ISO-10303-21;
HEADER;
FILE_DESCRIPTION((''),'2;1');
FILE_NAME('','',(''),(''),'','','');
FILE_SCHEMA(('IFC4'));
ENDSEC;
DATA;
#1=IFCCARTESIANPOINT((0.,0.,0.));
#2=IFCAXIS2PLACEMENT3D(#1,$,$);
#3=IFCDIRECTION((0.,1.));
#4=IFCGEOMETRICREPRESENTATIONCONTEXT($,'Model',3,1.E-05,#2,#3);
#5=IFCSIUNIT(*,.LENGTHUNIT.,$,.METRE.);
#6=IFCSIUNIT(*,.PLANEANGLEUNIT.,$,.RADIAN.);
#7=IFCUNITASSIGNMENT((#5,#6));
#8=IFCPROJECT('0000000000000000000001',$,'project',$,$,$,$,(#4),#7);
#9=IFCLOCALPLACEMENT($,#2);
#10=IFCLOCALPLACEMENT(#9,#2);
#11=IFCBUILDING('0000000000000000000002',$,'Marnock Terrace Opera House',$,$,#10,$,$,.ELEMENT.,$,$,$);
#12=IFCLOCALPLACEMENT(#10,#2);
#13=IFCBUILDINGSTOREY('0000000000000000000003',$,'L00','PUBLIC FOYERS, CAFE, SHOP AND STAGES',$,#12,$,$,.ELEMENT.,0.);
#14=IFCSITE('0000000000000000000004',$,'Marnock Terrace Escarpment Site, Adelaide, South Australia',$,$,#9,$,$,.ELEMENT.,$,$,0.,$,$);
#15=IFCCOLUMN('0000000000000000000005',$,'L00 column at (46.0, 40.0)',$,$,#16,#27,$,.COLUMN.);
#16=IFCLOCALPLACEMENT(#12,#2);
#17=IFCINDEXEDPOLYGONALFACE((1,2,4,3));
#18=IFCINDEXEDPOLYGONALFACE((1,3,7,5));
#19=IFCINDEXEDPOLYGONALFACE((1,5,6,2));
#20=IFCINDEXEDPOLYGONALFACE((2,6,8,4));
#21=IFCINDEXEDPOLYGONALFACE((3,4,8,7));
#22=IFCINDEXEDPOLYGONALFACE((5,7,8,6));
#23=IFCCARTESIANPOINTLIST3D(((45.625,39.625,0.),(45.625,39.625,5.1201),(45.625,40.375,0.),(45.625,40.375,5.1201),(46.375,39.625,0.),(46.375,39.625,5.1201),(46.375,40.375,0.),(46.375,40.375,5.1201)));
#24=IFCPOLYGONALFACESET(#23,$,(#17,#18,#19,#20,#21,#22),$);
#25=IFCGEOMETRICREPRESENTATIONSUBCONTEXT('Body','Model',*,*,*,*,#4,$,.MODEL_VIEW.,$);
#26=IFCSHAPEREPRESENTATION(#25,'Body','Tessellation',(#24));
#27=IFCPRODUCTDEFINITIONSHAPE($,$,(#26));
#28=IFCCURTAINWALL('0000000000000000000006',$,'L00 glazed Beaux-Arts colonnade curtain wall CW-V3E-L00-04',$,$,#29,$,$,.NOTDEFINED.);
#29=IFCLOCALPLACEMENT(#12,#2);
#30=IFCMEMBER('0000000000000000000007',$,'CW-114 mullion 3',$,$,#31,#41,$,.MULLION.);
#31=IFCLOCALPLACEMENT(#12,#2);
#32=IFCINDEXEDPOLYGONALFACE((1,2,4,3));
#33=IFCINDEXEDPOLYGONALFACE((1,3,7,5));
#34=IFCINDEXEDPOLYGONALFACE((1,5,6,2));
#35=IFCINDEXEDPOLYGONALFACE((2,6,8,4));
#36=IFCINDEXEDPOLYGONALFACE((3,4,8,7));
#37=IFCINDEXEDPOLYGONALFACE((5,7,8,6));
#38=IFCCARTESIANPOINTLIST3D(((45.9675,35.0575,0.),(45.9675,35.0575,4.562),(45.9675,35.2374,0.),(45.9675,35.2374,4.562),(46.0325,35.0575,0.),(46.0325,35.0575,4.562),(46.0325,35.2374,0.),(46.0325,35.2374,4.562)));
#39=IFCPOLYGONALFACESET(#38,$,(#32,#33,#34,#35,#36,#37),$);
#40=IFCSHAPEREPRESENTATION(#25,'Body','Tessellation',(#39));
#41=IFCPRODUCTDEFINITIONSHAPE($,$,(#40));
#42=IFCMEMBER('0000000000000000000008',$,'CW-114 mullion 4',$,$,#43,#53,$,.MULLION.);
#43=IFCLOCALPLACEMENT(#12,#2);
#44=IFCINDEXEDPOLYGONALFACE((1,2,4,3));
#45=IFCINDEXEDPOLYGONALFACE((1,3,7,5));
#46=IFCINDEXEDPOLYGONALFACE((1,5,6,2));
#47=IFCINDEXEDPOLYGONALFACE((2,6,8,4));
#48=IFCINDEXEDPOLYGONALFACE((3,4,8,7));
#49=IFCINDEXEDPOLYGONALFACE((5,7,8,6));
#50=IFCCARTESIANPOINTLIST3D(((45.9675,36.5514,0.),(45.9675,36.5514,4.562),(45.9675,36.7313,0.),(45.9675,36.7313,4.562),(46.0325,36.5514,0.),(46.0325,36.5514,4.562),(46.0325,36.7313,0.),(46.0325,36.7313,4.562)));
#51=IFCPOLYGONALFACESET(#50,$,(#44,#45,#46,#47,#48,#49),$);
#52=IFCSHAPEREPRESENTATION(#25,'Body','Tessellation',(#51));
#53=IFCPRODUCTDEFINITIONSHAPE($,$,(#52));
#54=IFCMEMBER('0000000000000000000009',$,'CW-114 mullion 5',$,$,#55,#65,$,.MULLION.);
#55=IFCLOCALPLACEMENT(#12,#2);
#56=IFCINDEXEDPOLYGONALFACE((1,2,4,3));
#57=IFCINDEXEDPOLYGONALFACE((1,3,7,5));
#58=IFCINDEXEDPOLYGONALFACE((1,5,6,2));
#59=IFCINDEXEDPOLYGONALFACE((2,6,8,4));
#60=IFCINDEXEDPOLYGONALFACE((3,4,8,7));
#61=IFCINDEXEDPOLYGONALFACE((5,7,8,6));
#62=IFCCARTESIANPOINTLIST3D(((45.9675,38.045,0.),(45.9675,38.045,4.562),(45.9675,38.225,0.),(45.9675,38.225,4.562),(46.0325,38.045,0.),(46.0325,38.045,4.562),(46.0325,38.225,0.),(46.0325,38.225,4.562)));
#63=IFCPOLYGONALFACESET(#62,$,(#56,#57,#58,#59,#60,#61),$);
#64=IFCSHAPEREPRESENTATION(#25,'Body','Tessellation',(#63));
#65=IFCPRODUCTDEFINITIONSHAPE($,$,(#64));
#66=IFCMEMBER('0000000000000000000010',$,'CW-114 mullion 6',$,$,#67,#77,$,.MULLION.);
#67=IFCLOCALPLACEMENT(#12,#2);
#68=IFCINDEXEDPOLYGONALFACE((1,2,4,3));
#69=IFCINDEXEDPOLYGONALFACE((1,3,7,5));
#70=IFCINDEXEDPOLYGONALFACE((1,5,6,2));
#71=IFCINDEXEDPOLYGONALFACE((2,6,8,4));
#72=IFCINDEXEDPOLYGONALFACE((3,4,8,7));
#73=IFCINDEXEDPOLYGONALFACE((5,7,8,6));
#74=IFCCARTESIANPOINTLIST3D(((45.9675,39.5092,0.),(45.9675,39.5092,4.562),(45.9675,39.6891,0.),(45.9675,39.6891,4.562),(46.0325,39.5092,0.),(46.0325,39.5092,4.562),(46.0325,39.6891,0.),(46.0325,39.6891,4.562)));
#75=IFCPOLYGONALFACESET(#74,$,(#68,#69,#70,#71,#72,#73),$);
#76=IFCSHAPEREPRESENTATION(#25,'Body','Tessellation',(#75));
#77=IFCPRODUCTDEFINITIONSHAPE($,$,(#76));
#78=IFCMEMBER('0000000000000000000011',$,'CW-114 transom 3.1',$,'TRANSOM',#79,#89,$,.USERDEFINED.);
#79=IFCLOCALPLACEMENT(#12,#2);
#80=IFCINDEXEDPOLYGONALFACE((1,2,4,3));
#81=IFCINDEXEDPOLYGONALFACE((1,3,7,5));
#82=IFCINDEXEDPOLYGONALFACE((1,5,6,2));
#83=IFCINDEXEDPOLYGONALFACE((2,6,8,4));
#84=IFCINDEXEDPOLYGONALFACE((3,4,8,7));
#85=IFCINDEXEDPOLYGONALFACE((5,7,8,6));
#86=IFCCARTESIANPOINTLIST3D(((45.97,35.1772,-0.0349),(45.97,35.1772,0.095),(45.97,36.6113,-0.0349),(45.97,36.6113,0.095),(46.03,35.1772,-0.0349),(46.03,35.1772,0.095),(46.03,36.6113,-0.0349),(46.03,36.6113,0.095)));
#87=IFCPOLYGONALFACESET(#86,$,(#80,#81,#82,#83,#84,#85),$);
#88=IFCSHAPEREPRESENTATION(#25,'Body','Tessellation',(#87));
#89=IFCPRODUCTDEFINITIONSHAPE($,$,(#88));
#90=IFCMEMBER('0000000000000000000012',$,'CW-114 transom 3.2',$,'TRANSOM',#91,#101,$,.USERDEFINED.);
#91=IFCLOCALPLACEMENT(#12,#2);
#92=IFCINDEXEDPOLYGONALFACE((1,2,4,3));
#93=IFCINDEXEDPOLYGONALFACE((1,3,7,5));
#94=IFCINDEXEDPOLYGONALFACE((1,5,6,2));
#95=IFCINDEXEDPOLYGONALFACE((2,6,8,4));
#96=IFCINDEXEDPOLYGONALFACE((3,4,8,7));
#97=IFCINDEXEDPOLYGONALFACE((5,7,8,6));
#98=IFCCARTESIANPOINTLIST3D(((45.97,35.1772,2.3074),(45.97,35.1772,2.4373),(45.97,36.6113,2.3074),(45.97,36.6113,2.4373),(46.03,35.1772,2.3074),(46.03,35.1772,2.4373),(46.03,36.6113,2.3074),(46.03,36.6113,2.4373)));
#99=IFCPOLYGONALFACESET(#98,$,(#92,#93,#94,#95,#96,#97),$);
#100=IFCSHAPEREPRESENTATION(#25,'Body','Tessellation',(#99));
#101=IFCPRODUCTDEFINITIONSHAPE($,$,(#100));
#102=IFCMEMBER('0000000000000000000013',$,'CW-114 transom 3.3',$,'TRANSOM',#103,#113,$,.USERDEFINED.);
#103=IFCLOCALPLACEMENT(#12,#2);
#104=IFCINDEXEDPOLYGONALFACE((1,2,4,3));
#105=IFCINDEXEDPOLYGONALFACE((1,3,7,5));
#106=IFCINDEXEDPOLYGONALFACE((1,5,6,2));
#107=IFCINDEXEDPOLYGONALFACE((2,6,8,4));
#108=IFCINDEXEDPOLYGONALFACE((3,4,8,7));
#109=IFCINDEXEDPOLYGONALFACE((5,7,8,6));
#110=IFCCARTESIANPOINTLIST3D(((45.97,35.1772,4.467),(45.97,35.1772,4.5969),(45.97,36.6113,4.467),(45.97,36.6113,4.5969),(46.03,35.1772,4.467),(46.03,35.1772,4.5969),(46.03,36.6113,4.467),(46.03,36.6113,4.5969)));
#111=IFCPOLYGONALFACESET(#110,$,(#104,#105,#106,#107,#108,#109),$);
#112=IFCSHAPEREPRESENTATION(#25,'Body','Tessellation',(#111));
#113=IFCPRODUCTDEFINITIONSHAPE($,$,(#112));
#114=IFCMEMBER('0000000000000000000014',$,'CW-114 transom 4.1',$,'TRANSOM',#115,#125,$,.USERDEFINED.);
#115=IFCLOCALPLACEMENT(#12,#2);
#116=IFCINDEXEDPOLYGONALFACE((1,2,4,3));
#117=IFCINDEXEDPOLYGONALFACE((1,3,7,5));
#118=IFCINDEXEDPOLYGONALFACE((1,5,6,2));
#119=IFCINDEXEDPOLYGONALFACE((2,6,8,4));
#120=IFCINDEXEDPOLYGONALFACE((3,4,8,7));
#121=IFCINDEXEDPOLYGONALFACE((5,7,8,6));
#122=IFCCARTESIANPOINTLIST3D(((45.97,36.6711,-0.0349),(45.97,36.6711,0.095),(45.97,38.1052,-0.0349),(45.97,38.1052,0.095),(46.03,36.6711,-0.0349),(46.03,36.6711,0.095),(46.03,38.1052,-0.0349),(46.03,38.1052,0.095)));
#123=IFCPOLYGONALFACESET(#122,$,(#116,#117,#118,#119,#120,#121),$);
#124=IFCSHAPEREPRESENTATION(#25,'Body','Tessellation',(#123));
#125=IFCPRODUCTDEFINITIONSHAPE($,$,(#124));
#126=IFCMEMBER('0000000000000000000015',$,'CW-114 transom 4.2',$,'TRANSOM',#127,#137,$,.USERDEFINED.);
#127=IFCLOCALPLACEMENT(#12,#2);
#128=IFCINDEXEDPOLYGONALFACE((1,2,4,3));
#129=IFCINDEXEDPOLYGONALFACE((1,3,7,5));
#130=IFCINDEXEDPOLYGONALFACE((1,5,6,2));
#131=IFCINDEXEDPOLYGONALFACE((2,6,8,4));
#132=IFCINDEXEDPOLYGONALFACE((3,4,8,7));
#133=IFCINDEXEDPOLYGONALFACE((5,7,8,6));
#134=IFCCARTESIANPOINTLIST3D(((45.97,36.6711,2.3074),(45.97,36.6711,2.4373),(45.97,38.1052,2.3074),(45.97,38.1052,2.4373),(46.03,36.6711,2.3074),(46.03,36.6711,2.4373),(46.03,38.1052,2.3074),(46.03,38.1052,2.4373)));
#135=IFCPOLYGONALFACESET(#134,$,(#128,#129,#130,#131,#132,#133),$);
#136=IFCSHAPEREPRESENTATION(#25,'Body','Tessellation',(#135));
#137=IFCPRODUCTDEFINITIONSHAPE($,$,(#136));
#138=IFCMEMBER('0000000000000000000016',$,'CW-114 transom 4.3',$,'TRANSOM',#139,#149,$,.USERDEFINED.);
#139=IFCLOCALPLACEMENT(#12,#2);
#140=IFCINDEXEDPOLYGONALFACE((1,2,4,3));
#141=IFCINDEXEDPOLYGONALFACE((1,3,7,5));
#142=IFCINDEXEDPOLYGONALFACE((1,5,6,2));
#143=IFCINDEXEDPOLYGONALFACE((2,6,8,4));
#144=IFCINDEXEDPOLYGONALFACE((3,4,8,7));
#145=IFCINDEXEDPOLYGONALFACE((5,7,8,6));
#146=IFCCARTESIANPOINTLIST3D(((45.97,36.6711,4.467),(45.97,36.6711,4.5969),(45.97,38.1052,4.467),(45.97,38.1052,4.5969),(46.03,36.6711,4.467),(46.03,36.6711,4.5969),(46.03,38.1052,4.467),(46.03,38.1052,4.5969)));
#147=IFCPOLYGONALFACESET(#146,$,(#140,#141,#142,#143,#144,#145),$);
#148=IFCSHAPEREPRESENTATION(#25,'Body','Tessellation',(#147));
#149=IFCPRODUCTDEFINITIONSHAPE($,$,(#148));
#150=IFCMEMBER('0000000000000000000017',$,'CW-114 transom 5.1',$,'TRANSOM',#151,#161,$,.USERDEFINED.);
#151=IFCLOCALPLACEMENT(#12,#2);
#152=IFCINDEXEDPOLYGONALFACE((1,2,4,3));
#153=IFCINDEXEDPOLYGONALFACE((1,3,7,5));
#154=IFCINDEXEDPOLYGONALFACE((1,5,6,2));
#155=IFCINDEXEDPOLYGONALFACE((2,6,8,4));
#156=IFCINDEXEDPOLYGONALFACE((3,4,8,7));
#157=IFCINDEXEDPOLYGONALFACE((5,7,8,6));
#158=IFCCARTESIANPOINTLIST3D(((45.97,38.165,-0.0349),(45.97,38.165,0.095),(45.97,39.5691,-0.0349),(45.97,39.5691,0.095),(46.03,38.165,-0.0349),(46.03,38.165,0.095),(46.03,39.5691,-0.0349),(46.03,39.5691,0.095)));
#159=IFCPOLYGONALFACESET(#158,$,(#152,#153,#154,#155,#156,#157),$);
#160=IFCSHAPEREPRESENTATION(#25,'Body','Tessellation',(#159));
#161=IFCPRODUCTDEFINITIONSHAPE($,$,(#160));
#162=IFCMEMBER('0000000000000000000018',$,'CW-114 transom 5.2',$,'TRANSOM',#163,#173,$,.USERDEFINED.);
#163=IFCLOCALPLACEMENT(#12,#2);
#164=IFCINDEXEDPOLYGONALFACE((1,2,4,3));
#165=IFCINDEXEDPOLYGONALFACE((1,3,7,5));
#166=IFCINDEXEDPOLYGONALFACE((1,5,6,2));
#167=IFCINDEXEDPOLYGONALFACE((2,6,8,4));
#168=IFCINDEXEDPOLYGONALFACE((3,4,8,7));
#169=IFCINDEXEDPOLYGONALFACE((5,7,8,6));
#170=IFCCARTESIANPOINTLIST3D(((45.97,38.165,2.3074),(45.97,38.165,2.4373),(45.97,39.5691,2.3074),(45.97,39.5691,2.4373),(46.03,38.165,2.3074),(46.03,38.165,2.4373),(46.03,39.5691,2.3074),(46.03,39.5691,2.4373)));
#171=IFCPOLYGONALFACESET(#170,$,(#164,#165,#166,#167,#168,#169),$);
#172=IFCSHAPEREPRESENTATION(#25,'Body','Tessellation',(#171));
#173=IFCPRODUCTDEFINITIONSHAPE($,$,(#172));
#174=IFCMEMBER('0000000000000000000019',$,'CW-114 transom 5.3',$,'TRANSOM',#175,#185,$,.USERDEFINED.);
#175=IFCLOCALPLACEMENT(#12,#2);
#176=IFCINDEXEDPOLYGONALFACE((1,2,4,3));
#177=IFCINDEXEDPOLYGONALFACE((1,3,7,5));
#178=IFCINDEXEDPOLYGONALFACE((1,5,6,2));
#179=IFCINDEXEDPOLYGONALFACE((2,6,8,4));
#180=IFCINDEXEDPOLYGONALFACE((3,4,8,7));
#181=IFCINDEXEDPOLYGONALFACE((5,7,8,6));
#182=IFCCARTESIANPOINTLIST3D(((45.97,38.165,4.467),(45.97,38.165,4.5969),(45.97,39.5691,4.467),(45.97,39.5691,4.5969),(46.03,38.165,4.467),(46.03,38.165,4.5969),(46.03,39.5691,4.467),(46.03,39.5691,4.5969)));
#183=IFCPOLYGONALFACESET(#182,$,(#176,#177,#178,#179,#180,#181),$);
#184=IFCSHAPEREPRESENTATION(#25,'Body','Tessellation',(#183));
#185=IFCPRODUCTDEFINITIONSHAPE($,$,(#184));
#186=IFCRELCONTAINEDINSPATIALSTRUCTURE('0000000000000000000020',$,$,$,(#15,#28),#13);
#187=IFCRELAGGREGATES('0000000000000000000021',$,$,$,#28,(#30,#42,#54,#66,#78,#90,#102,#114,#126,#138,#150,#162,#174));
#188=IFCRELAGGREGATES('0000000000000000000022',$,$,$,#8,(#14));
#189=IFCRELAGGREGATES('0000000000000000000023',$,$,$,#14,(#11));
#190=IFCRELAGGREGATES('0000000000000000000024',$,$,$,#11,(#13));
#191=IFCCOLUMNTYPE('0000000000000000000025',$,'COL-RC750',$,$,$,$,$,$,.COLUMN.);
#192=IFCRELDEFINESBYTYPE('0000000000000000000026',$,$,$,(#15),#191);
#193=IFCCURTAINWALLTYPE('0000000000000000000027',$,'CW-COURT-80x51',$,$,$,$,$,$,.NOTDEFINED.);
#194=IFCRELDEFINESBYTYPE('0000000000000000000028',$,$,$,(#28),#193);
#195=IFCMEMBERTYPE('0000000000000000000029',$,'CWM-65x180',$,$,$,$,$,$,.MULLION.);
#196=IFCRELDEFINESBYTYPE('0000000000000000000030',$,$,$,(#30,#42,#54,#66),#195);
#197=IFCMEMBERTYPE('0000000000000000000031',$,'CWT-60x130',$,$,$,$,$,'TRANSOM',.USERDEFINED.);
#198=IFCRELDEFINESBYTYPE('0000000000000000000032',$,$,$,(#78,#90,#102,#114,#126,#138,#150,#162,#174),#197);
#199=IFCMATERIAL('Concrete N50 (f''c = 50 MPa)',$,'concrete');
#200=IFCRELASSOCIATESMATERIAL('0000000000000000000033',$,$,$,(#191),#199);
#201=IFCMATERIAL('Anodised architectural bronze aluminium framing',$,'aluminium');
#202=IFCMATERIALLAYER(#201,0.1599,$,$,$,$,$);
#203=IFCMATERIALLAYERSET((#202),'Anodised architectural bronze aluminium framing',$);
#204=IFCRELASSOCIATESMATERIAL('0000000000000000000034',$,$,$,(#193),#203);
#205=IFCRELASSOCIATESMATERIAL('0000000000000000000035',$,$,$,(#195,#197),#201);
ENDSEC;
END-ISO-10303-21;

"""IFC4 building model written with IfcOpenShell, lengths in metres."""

from ifc_helpers import new_model, si_unit, direction, frame, origin, origin_2d, place, context, subcontext, project, spatial, rectangle, extrude, material, layer, layer_set, material_profile, profile_set, type_object, element, aggregate, save


model = new_model("IFC4")

# Units and contexts
model_context = context("Model", 3, precision=1e-05, world=origin(), true_north=direction((0.0, 1.0)))
body_context = subcontext(model_context, "Body", "Model", "MODEL_VIEW")
ifc_project = project(units=[si_unit("LENGTHUNIT", "METRE"), si_unit("PLANEANGLEUNIT", "RADIAN")], contexts=[model_context])

# Site, building, storey
site_placement = place(None, origin())
site = spatial("IfcSite", under=ifc_project, at=site_placement, Name="Marnock Terrace Escarpment Site, Adelaide, South Australia", CompositionType="ELEMENT", RefElevation=0.0)
building_placement = place(site_placement, origin())
building = spatial("IfcBuilding", under=site, at=building_placement, Name="Marnock Terrace Opera House", CompositionType="ELEMENT")
storey_placement = place(building_placement, origin())
storey = spatial("IfcBuildingStorey", under=building, at=storey_placement, Name="L00", Description="PUBLIC FOYERS, CAFE, SHOP AND STAGES", CompositionType="ELEMENT", Elevation=0.0)

# Column
ifc_material_1 = material(Name="Concrete N50 (f'c = 50 MPa)", Category="concrete")
ifc_material_profile_1 = material_profile(ifc_material_1, rectangle(XDim=0.75, YDim=0.75, at=origin_2d()))
ifc_profile_set_1 = profile_set([ifc_material_profile_1], Name="Concrete N50 (f'c = 50 MPa)")
column_type = type_object("IfcColumnType", Name="COL-RC750", PredefinedType="COLUMN", material=ifc_profile_set_1)
column_placement = place(storey_placement, frame((46.0, 40.0, 0.0), z_axis=(0.0, 0.0, 1.0), x_axis=(1.0, 0.0, 0.0)))
element("IfcColumn", 1, at=column_placement, inside=storey, type_object=column_type, Name="L00 column at (46.0, 40.0)", PredefinedType="COLUMN", context=body_context, shape_type="SweptSolid", body=[
    extrude(rectangle(XDim=0.75, YDim=0.75, at=origin_2d()), origin(), (0.0, 0.0, 1.0), 5.1201),
])

# Curtain wall, members
ifc_material_2 = material(Name="Anodised architectural bronze aluminium framing", Category="aluminium")
ifc_layer_1 = layer(ifc_material_2, 0.1599)
ifc_layer_set_1 = layer_set([ifc_layer_1], Name="Anodised architectural bronze aluminium framing")
curtain_wall_type = type_object("IfcCurtainWallType", Name="CW-COURT-80x51", PredefinedType="NOTDEFINED", material=ifc_layer_set_1)
curtain_wall_placement = place(storey_placement, origin())
curtain_wall = element("IfcCurtainWall", 2, at=curtain_wall_placement, inside=storey, type_object=curtain_wall_type, Name="L00 glazed Beaux-Arts colonnade curtain wall CW-V3E-L00-04", PredefinedType="NOTDEFINED")
ifc_material_profile_2 = material_profile(ifc_material_2, rectangle(XDim=0.0649, YDim=0.1799, at=origin_2d()))
ifc_profile_set_2 = profile_set([ifc_material_profile_2], Name="Anodised architectural bronze aluminium framing")
member_type_1 = type_object("IfcMemberType", Name="CWM-65x180", PredefinedType="MULLION", material=ifc_profile_set_2)
member_1_placement = place(storey_placement, frame((46.0, 35.1475, 0.0), z_axis=(0.0, 0.0, 1.0), x_axis=(-1.0, 0.0, 0.0)))
member_1 = element("IfcMember", 3, at=member_1_placement, type_object=member_type_1, Name="CW-114 mullion 3", PredefinedType="MULLION", context=body_context, shape_type="SweptSolid", body=[
    extrude(rectangle(XDim=0.0649, YDim=0.1799, at=origin_2d()), origin(), (0.0, 0.0, 1.0), 4.562),
])
member_2_placement = place(storey_placement, frame((46.0, 36.6414, 0.0), z_axis=(0.0, 0.0, 1.0), x_axis=(-1.0, 0.0, 0.0)))
member_2 = element("IfcMember", 4, at=member_2_placement, type_object=member_type_1, Name="CW-114 mullion 4", PredefinedType="MULLION", context=body_context, shape_type="SweptSolid", body=[
    extrude(rectangle(XDim=0.0649, YDim=0.1799, at=origin_2d()), origin(), (0.0, 0.0, 1.0), 4.562),
])
member_3_placement = place(storey_placement, frame((46.0, 38.135, 0.0), z_axis=(0.0, 0.0, 1.0), x_axis=(-1.0, 0.0, 0.0)))
member_3 = element("IfcMember", 5, at=member_3_placement, type_object=member_type_1, Name="CW-114 mullion 5", PredefinedType="MULLION", context=body_context, shape_type="SweptSolid", body=[
    extrude(rectangle(XDim=0.0649, YDim=0.1799, at=origin_2d()), origin(), (0.0, 0.0, 1.0), 4.562),
])
member_4_placement = place(storey_placement, frame((46.0, 39.5991, 0.0), z_axis=(0.0, 0.0, 1.0), x_axis=(-1.0, 0.0, 0.0)))
member_4 = element("IfcMember", 6, at=member_4_placement, type_object=member_type_1, Name="CW-114 mullion 6", PredefinedType="MULLION", context=body_context, shape_type="SweptSolid", body=[
    extrude(rectangle(XDim=0.0649, YDim=0.1799, at=origin_2d()), origin(), (0.0, 0.0, 1.0), 4.562),
])
ifc_material_profile_3 = material_profile(ifc_material_2, rectangle(XDim=0.0601, YDim=0.1299, at=origin_2d()))
ifc_profile_set_3 = profile_set([ifc_material_profile_3], Name="Anodised architectural bronze aluminium framing")
member_type_2 = type_object("IfcMemberType", Name="CWT-60x130", ElementType="TRANSOM", PredefinedType="USERDEFINED", material=ifc_profile_set_3)
member_5_placement = place(storey_placement, frame((46.0, 35.1772, 0.03), z_axis=(0.0, 1.0, 0.0), x_axis=(-1.0, 0.0, 0.0)))
member_5 = element("IfcMember", 7, at=member_5_placement, type_object=member_type_2, Name="CW-114 transom 3.1", ObjectType="TRANSOM", PredefinedType="USERDEFINED", context=body_context, shape_type="SweptSolid", body=[
    extrude(rectangle(XDim=0.0601, YDim=0.1299, at=origin_2d()), origin(), (0.0, 0.0, 1.0), 1.4341),
])
member_6_placement = place(storey_placement, frame((46.0, 35.1772, 2.3723), z_axis=(0.0, 1.0, 0.0), x_axis=(-1.0, 0.0, 0.0)))
member_6 = element("IfcMember", 8, at=member_6_placement, type_object=member_type_2, Name="CW-114 transom 3.2", ObjectType="TRANSOM", PredefinedType="USERDEFINED", context=body_context, shape_type="SweptSolid", body=[
    extrude(rectangle(XDim=0.0601, YDim=0.1299, at=origin_2d()), origin(), (0.0, 0.0, 1.0), 1.4341),
])
member_7_placement = place(storey_placement, frame((46.0, 35.1772, 4.532), z_axis=(0.0, 1.0, 0.0), x_axis=(-1.0, 0.0, 0.0)))
member_7 = element("IfcMember", 9, at=member_7_placement, type_object=member_type_2, Name="CW-114 transom 3.3", ObjectType="TRANSOM", PredefinedType="USERDEFINED", context=body_context, shape_type="SweptSolid", body=[
    extrude(rectangle(XDim=0.0601, YDim=0.1299, at=origin_2d()), origin(), (0.0, 0.0, 1.0), 1.4341),
])
member_8_placement = place(storey_placement, frame((46.0, 36.6711, 0.03), z_axis=(0.0, 1.0, 0.0), x_axis=(-1.0, 0.0, 0.0)))
member_8 = element("IfcMember", 10, at=member_8_placement, type_object=member_type_2, Name="CW-114 transom 4.1", ObjectType="TRANSOM", PredefinedType="USERDEFINED", context=body_context, shape_type="SweptSolid", body=[
    extrude(rectangle(XDim=0.0601, YDim=0.1299, at=origin_2d()), origin(), (0.0, 0.0, 1.0), 1.4341),
])
member_9_placement = place(storey_placement, frame((46.0, 36.6711, 2.3723), z_axis=(0.0, 1.0, 0.0), x_axis=(-1.0, 0.0, 0.0)))
member_9 = element("IfcMember", 11, at=member_9_placement, type_object=member_type_2, Name="CW-114 transom 4.2", ObjectType="TRANSOM", PredefinedType="USERDEFINED", context=body_context, shape_type="SweptSolid", body=[
    extrude(rectangle(XDim=0.0601, YDim=0.1299, at=origin_2d()), origin(), (0.0, 0.0, 1.0), 1.4341),
])
member_10_placement = place(storey_placement, frame((46.0, 36.6711, 4.532), z_axis=(0.0, 1.0, 0.0), x_axis=(-1.0, 0.0, 0.0)))
member_10 = element("IfcMember", 12, at=member_10_placement, type_object=member_type_2, Name="CW-114 transom 4.3", ObjectType="TRANSOM", PredefinedType="USERDEFINED", context=body_context, shape_type="SweptSolid", body=[
    extrude(rectangle(XDim=0.0601, YDim=0.1299, at=origin_2d()), origin(), (0.0, 0.0, 1.0), 1.4341),
])
member_11_placement = place(storey_placement, frame((46.0, 38.165, 0.03), z_axis=(0.0, 1.0, 0.0), x_axis=(-1.0, 0.0, 0.0)))
member_11 = element("IfcMember", 13, at=member_11_placement, type_object=member_type_2, Name="CW-114 transom 5.1", ObjectType="TRANSOM", PredefinedType="USERDEFINED", context=body_context, shape_type="SweptSolid", body=[
    extrude(rectangle(XDim=0.0601, YDim=0.1299, at=origin_2d()), origin(), (0.0, 0.0, 1.0), 1.4041),
])
member_12_placement = place(storey_placement, frame((46.0, 38.165, 2.3723), z_axis=(0.0, 1.0, 0.0), x_axis=(-1.0, 0.0, 0.0)))
member_12 = element("IfcMember", 14, at=member_12_placement, type_object=member_type_2, Name="CW-114 transom 5.2", ObjectType="TRANSOM", PredefinedType="USERDEFINED", context=body_context, shape_type="SweptSolid", body=[
    extrude(rectangle(XDim=0.0601, YDim=0.1299, at=origin_2d()), origin(), (0.0, 0.0, 1.0), 1.4041),
])
member_13_placement = place(storey_placement, frame((46.0, 38.165, 4.532), z_axis=(0.0, 1.0, 0.0), x_axis=(-1.0, 0.0, 0.0)))
member_13 = element("IfcMember", 15, at=member_13_placement, type_object=member_type_2, Name="CW-114 transom 5.3", ObjectType="TRANSOM", PredefinedType="USERDEFINED", context=body_context, shape_type="SweptSolid", body=[
    extrude(rectangle(XDim=0.0601, YDim=0.1299, at=origin_2d()), origin(), (0.0, 0.0, 1.0), 1.4041),
])
aggregate(curtain_wall, [member_1, member_2, member_3, member_4, member_5, member_6, member_7, member_8, member_9, member_10, member_11, member_12, member_13])

save(model, "model.ifc")
